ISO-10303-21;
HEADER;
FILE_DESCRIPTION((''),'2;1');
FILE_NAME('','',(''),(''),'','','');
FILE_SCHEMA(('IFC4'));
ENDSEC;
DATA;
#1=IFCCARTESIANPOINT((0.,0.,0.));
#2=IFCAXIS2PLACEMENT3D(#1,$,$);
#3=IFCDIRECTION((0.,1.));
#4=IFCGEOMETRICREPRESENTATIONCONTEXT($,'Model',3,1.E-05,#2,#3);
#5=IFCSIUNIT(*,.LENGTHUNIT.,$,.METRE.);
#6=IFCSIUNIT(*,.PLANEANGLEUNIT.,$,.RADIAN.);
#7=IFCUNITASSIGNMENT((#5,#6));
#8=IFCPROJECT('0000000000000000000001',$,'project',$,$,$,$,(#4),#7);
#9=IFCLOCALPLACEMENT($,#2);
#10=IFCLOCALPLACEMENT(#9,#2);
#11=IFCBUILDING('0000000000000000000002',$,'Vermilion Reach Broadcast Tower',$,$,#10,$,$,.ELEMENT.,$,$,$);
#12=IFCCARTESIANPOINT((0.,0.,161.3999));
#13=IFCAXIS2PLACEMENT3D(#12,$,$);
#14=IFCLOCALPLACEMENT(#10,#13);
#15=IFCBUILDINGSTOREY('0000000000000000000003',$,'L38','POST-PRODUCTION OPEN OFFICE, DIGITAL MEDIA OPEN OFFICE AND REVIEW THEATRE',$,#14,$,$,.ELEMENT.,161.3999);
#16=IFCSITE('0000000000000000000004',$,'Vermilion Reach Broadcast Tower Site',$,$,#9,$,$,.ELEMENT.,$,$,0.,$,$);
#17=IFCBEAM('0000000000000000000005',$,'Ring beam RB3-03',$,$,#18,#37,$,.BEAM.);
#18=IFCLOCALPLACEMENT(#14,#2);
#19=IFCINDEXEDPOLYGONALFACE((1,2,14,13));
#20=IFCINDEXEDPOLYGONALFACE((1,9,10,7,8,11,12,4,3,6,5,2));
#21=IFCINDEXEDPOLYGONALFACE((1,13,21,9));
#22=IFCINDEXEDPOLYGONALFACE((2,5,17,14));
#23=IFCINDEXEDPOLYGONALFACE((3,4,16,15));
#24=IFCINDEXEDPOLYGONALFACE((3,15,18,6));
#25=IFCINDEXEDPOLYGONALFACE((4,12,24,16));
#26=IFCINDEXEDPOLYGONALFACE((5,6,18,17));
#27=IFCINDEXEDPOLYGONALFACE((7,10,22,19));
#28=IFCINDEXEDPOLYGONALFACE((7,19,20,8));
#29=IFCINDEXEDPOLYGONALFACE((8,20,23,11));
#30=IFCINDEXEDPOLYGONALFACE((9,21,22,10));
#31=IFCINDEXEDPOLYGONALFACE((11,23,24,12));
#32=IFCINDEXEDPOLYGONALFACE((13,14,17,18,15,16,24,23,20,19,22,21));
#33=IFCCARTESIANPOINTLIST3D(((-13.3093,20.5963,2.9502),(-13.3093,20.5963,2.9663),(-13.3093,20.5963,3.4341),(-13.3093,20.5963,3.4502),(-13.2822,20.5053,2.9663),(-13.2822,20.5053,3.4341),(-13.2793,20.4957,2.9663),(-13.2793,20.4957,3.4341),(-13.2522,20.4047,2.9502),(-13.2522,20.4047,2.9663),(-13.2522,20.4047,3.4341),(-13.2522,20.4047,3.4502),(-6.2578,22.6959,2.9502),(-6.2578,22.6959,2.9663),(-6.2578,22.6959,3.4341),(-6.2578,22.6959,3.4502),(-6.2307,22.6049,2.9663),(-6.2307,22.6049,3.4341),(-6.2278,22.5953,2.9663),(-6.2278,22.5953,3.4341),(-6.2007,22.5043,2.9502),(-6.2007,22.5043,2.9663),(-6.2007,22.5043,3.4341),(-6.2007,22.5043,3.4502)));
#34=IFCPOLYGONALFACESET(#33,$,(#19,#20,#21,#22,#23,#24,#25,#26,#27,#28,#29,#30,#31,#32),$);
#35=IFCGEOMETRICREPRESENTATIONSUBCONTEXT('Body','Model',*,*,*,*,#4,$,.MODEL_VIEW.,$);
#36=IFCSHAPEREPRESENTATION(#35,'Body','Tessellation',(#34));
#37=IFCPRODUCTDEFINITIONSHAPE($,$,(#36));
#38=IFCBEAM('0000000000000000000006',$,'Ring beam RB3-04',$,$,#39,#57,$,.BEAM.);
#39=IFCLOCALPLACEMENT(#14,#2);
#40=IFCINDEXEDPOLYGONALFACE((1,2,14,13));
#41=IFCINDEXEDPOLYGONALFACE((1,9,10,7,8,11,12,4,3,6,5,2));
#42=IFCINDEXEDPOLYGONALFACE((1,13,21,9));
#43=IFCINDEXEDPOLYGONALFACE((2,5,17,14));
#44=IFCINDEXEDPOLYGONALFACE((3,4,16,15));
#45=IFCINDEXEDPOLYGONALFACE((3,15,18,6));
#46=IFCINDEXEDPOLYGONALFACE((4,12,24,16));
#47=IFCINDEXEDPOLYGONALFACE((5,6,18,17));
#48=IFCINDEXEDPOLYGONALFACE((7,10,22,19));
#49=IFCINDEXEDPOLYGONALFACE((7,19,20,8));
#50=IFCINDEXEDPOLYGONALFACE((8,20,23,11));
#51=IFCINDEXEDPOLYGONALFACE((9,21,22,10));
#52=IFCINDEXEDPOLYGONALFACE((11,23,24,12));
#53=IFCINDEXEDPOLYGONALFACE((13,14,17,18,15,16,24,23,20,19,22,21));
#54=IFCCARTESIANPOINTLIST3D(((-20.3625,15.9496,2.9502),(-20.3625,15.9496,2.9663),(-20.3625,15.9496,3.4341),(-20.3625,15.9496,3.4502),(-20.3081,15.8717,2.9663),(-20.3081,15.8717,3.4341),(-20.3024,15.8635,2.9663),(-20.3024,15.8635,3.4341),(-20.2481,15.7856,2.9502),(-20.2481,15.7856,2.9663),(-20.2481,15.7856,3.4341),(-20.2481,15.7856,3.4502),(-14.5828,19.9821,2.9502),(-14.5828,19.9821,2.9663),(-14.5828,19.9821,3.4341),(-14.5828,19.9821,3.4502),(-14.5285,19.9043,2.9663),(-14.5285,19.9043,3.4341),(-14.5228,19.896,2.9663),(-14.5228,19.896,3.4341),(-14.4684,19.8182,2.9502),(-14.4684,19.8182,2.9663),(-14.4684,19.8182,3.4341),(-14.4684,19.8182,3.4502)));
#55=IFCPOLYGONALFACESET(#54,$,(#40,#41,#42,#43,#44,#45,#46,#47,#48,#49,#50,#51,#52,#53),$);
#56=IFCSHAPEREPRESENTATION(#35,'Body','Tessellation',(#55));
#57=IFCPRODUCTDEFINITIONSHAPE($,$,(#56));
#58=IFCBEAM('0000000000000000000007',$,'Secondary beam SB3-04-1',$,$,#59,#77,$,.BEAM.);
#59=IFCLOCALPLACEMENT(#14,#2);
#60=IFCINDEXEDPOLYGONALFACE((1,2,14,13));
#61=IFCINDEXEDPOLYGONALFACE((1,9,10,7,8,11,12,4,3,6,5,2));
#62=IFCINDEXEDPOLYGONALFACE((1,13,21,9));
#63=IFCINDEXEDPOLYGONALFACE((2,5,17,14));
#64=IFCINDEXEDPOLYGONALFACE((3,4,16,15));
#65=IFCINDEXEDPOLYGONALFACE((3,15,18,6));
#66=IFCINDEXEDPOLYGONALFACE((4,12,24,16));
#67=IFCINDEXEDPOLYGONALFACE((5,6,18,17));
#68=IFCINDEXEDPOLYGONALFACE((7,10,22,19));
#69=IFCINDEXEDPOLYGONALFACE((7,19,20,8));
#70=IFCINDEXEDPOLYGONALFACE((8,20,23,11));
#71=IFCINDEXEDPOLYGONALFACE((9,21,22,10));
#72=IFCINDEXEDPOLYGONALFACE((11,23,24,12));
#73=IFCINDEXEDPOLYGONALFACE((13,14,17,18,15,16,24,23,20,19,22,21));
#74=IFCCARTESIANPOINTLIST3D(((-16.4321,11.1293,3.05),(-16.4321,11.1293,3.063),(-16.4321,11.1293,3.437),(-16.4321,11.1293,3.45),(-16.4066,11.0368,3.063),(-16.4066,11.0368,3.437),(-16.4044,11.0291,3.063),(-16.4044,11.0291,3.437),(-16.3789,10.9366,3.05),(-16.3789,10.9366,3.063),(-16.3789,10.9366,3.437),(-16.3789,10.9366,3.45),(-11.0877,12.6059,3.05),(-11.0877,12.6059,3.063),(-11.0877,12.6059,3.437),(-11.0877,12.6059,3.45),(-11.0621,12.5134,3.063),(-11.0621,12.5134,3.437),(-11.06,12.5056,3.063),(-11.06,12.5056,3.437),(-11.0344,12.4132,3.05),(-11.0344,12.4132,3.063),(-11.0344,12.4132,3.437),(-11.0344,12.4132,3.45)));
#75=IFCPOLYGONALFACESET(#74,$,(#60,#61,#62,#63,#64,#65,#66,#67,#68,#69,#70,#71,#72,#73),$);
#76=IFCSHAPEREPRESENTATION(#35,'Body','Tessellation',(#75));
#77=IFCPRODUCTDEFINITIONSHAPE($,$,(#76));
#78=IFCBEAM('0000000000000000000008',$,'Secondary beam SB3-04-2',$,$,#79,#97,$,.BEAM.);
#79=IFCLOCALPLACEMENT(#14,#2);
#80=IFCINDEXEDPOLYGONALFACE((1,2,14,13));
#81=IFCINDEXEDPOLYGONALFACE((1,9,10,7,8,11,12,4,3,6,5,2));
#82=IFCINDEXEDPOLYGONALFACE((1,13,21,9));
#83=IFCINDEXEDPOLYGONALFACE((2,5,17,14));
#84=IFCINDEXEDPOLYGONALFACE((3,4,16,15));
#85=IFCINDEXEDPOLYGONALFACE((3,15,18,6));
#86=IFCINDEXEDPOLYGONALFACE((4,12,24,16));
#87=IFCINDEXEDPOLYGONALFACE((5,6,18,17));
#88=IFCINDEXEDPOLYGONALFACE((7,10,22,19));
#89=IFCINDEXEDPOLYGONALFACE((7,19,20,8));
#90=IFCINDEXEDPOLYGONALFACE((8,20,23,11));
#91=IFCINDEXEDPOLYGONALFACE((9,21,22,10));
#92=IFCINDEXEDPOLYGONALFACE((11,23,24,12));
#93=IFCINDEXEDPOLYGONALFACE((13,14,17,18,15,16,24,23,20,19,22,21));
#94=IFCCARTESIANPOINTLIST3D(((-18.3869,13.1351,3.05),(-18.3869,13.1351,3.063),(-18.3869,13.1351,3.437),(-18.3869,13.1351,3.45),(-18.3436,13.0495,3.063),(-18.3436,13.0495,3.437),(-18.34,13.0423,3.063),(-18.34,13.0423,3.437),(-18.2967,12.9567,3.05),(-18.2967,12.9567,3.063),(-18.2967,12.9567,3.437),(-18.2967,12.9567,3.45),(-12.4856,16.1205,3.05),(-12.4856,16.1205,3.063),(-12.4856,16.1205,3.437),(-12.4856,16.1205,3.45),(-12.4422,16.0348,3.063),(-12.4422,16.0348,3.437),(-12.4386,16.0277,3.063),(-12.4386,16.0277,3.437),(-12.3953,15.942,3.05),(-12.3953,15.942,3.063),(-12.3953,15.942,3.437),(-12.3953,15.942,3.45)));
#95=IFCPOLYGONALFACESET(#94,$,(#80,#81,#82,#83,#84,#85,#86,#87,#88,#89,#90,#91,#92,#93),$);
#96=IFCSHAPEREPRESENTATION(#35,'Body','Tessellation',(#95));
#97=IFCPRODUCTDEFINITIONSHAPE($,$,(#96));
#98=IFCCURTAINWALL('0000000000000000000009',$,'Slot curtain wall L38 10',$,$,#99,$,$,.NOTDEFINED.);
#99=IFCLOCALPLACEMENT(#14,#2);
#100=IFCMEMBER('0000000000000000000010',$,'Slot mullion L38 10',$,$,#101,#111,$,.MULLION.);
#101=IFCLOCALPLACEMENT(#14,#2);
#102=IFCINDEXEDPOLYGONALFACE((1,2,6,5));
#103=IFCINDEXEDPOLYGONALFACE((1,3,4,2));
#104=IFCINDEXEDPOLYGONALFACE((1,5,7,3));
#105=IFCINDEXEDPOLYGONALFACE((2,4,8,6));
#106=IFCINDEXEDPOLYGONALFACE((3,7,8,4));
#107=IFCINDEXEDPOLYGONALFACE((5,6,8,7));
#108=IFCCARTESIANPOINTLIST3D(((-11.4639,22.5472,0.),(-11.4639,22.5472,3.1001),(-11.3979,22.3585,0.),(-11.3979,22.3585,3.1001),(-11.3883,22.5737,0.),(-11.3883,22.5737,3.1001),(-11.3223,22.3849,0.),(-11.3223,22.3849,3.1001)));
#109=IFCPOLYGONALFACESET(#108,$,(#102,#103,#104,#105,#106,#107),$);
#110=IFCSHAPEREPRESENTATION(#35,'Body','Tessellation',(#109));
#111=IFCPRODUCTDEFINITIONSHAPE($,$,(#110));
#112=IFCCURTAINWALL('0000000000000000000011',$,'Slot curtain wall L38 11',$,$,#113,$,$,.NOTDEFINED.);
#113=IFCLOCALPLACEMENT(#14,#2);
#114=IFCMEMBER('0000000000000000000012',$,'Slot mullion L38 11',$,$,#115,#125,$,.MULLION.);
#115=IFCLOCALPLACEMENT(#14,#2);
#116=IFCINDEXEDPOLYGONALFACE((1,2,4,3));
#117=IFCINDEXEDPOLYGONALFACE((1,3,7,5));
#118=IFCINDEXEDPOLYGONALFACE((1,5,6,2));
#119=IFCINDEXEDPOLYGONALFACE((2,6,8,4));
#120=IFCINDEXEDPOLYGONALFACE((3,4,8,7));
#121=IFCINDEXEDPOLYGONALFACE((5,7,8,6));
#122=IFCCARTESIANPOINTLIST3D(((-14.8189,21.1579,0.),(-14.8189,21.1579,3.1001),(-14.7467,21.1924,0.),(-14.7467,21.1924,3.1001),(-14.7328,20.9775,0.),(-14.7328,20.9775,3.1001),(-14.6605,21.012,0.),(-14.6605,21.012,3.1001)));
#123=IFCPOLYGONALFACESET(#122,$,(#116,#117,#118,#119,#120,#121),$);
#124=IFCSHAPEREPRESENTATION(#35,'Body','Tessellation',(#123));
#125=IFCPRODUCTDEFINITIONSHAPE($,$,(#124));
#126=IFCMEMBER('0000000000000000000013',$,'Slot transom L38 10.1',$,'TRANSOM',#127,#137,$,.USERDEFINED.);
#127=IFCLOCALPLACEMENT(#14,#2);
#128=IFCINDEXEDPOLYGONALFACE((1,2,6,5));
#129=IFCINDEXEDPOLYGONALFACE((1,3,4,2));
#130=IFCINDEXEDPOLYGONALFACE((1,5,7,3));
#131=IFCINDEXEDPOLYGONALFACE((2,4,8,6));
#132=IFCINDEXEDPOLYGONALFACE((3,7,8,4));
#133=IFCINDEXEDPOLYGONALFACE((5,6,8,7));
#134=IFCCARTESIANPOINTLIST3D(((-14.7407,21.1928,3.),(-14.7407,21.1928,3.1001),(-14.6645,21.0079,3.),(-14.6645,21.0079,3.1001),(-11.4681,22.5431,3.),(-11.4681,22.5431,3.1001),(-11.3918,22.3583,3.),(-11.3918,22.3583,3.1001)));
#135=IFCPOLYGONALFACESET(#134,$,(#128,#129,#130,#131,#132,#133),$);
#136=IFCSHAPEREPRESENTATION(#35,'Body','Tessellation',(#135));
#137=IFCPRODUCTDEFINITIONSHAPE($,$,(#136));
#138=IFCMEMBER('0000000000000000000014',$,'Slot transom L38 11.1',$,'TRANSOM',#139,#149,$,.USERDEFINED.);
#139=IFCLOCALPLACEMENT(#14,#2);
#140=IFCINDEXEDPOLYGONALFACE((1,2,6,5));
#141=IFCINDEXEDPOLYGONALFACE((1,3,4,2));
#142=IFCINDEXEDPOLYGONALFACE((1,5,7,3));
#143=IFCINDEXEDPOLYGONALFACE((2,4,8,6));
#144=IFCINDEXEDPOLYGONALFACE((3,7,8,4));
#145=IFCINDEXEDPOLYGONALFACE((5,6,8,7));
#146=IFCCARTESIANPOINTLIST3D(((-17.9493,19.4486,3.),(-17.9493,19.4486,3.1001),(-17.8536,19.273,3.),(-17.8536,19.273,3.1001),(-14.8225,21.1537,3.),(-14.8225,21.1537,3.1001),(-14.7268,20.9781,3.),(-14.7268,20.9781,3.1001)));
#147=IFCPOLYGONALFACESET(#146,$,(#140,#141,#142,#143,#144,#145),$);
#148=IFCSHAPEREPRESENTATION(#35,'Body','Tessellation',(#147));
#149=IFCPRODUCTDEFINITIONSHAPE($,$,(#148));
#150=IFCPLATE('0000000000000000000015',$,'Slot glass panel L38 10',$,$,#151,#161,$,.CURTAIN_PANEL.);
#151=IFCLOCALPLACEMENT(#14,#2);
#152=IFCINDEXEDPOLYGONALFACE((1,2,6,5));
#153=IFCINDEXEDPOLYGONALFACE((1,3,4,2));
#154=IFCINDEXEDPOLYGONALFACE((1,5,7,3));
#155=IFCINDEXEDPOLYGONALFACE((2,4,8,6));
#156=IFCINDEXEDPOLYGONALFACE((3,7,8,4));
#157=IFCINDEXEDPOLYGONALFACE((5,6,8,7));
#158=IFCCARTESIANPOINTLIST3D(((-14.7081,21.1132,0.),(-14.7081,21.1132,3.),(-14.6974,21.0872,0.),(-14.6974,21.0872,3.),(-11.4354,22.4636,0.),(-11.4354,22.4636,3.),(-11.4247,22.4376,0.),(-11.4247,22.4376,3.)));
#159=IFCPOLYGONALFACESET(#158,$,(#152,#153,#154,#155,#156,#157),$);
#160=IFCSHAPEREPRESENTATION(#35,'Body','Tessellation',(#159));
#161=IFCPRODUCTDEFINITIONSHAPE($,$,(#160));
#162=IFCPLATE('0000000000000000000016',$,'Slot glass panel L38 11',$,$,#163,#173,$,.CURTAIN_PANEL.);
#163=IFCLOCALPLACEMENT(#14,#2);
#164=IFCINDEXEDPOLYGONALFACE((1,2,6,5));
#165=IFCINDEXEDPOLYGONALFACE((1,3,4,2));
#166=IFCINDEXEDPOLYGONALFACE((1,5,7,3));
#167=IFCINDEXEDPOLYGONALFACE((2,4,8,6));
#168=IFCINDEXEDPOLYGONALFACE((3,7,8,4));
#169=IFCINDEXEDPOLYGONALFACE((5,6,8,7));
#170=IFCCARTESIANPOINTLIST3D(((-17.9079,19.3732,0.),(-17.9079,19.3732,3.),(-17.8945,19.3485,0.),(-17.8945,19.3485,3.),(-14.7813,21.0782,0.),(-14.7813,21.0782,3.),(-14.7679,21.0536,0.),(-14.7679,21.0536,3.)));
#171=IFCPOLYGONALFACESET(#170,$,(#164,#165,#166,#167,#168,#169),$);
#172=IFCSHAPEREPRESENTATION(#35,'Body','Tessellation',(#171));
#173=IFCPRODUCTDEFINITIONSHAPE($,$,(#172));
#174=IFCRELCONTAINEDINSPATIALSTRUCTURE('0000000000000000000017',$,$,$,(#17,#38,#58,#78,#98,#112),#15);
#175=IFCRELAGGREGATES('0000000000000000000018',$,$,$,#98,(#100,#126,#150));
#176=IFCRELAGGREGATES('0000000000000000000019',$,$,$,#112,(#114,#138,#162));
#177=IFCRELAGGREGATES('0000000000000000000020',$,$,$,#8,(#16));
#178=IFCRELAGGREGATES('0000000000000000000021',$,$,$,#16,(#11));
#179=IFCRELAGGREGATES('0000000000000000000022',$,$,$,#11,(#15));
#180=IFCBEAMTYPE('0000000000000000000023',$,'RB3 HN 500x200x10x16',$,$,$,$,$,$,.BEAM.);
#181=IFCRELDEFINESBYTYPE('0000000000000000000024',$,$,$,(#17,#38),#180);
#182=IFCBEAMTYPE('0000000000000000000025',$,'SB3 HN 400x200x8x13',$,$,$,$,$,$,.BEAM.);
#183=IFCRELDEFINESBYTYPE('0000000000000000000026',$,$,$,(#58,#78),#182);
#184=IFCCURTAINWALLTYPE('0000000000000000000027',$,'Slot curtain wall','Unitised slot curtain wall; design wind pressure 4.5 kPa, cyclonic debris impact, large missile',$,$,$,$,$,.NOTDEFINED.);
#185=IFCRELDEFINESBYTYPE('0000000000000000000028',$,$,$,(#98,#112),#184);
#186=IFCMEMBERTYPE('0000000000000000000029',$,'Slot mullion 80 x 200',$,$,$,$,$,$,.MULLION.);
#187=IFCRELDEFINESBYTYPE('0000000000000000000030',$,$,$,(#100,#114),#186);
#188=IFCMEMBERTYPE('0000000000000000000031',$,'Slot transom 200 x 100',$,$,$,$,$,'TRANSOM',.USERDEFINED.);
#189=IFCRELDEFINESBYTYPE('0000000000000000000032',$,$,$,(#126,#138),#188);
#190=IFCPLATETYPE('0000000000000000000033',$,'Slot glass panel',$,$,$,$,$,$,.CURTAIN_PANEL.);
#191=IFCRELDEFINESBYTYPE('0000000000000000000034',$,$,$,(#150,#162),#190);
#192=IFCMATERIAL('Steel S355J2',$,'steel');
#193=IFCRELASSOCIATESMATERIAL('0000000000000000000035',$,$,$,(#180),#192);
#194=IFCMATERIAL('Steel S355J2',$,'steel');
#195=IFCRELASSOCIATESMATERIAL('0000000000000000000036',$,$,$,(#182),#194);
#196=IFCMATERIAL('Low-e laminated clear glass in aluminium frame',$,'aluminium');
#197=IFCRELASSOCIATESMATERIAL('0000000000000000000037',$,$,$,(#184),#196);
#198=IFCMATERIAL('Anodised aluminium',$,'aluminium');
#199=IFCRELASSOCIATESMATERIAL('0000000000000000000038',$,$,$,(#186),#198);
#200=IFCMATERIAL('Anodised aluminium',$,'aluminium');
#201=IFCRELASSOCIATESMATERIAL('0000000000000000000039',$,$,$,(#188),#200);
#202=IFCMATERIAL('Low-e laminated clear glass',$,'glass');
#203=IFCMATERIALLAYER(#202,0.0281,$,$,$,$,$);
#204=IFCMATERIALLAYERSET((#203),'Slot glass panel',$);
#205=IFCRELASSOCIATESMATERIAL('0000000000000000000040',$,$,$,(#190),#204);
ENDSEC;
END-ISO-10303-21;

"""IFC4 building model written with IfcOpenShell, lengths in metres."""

from ifc_helpers import new_model, si_unit, direction, frame, origin, origin_2d, place, context, subcontext, project, spatial, rectangle, i_section, extrude, material, layer, layer_set, material_profile, profile_set, type_object, element, aggregate, save


model = new_model("IFC4")

# Units and contexts
model_context = context("Model", 3, precision=1e-05, world=origin(), true_north=direction((0.0, 1.0)))
body_context = subcontext(model_context, "Body", "Model", "MODEL_VIEW")
ifc_project = project(units=[si_unit("LENGTHUNIT", "METRE"), si_unit("PLANEANGLEUNIT", "RADIAN")], contexts=[model_context])

# Site, building, storey
site_placement = place(None, origin())
site = spatial("IfcSite", under=ifc_project, at=site_placement, Name="Vermilion Reach Broadcast Tower Site", CompositionType="ELEMENT", RefElevation=0.0)
building_placement = place(site_placement, origin())
building = spatial("IfcBuilding", under=site, at=building_placement, Name="Vermilion Reach Broadcast Tower", CompositionType="ELEMENT")
storey_placement = place(building_placement, frame((0.0, 0.0, 161.3999)))
storey = spatial("IfcBuildingStorey", under=building, at=storey_placement, Name="L38", Description="POST-PRODUCTION OPEN OFFICE, DIGITAL MEDIA OPEN OFFICE AND REVIEW THEATRE", CompositionType="ELEMENT", Elevation=161.3999)

# Beams
ifc_material_1 = material(Name="Steel S355J2", Category="steel")
ifc_material_profile_1 = material_profile(ifc_material_1, i_section(OverallWidth=0.2, OverallDepth=0.5, WebThickness=0.01, FlangeThickness=0.0161, at=origin_2d()), Name="S355J2 HN 500x200x10x16")
ifc_profile_set_1 = profile_set([ifc_material_profile_1], Name="Steel S355J2")
beam_type_1 = type_object("IfcBeamType", Name="RB3 HN 500x200x10x16", PredefinedType="BEAM", material=ifc_profile_set_1)
beam_1_placement = place(storey_placement, frame((-6.2292, 22.6001, 3.2002), z_axis=(-0.958417, -0.285372, 0.0), x_axis=(0.285372, -0.958417, 0.0)))
element("IfcBeam", 1, at=beam_1_placement, inside=storey, type_object=beam_type_1, Name="Ring beam RB3-03", PredefinedType="BEAM", context=body_context, shape_type="SweptSolid", body=[
    extrude(i_section(OverallWidth=0.2, OverallDepth=0.5, WebThickness=0.01, FlangeThickness=0.0161, at=origin_2d()), origin(), (0.0, 0.0, 1.0), 7.3574),
])
beam_2_placement = place(storey_placement, frame((-14.5256, 19.9001, 3.2002), z_axis=(-0.820111, -0.572204, 0.0), x_axis=(0.572204, -0.820111, 0.0)))
element("IfcBeam", 2, at=beam_2_placement, inside=storey, type_object=beam_type_1, Name="Ring beam RB3-04", PredefinedType="BEAM", context=body_context, shape_type="SweptSolid", body=[
    extrude(i_section(OverallWidth=0.2, OverallDepth=0.5, WebThickness=0.01, FlangeThickness=0.0161, at=origin_2d()), origin(), (0.0, 0.0, 1.0), 7.0474),
])
ifc_material_2 = material(Name="Steel S355J2", Category="steel")
ifc_material_profile_2 = material_profile(ifc_material_2, i_section(OverallWidth=0.2, OverallDepth=0.3999, WebThickness=0.0081, FlangeThickness=0.0129, at=origin_2d()), Name="S355J2 HN 400x200x8x13")
ifc_profile_set_2 = profile_set([ifc_material_profile_2], Name="Steel S355J2")
beam_type_2 = type_object("IfcBeamType", Name="SB3 HN 400x200x8x13", PredefinedType="BEAM", material=ifc_profile_set_2)
beam_3_placement = place(storey_placement, frame((-11.061, 12.5095, 3.25), z_axis=(-0.96389, -0.266301, 0.0), x_axis=(0.266301, -0.96389, 0.0)))
element("IfcBeam", 3, at=beam_3_placement, inside=storey, type_object=beam_type_2, Name="Secondary beam SB3-04-1", PredefinedType="BEAM", context=body_context, shape_type="SweptSolid", body=[
    extrude(i_section(OverallWidth=0.2, OverallDepth=0.3999, WebThickness=0.0081, FlangeThickness=0.0129, at=origin_2d()), origin(), (0.0, 0.0, 1.0), 5.5447),
])
beam_4_placement = place(storey_placement, frame((-12.4404, 16.0312, 3.25), z_axis=(-0.892321, -0.451402, 0.0), x_axis=(0.451402, -0.892321, 0.0)))
element("IfcBeam", 4, at=beam_4_placement, inside=storey, type_object=beam_type_2, Name="Secondary beam SB3-04-2", PredefinedType="BEAM", context=body_context, shape_type="SweptSolid", body=[
    extrude(i_section(OverallWidth=0.2, OverallDepth=0.3999, WebThickness=0.0081, FlangeThickness=0.0129, at=origin_2d()), origin(), (0.0, 0.0, 1.0), 6.6135),
])

# Curtain walls, members
ifc_material_3 = material(Name="Low-e laminated clear glass in aluminium frame", Category="aluminium")
curtain_wall_type = type_object("IfcCurtainWallType", Name="Slot curtain wall", Description="Unitised slot curtain wall; design wind pressure 4.5 kPa, cyclonic debris impact, large missile", PredefinedType="NOTDEFINED", material=ifc_material_3)
placement = place(storey_placement, origin())
curtain_wall_1 = element("IfcCurtainWall", 5, at=placement, inside=storey, type_object=curtain_wall_type, Name="Slot curtain wall L38 10", PredefinedType="NOTDEFINED")
ifc_material_4 = material(Name="Anodised aluminium", Category="aluminium")
ifc_material_profile_3 = material_profile(ifc_material_4, rectangle(XDim=0.2, YDim=0.0801, at=origin_2d()), Name="Slot mullion 80 x 200")
ifc_profile_set_3 = profile_set([ifc_material_profile_3], Name="Anodised aluminium")
member_type_1 = type_object("IfcMemberType", Name="Slot mullion 80 x 200", PredefinedType="MULLION", material=ifc_profile_set_3)
member_1_placement = place(storey_placement, frame((-11.3931, 22.4661, 0.0), z_axis=(0.0, 0.0, 1.0), x_axis=(0.330168, -0.943922, 0.0)))
member_1 = element("IfcMember", 6, at=member_1_placement, type_object=member_type_1, Name="Slot mullion L38 10", PredefinedType="MULLION", context=body_context, shape_type="SweptSolid", body=[
    extrude(rectangle(XDim=0.2, YDim=0.0801, at=origin_2d()), origin(), (0.0, 0.0, 1.0), 3.1001),
])
curtain_wall_2 = element("IfcCurtainWall", 7, at=placement, inside=storey, type_object=curtain_wall_type, Name="Slot curtain wall L38 11", PredefinedType="NOTDEFINED")
member_2_placement = place(storey_placement, frame((-14.7397, 21.085, 0.0), z_axis=(0.0, 0.0, 1.0), x_axis=(0.430733, -0.90248, 0.0)))
member_2 = element("IfcMember", 8, at=member_2_placement, type_object=member_type_1, Name="Slot mullion L38 11", PredefinedType="MULLION", context=body_context, shape_type="SweptSolid", body=[
    extrude(rectangle(XDim=0.2, YDim=0.0801, at=origin_2d()), origin(), (0.0, 0.0, 1.0), 3.1001),
])

# Members
ifc_material_5 = material(Name="Anodised aluminium", Category="aluminium")
ifc_material_profile_4 = material_profile(ifc_material_5, rectangle(XDim=0.2, YDim=0.1001, at=origin_2d()), Name="Slot transom 200 x 100")
ifc_profile_set_4 = profile_set([ifc_material_profile_4], Name="Anodised aluminium")
member_type_2 = type_object("IfcMemberType", Name="Slot transom 200 x 100", ElementType="TRANSOM", PredefinedType="USERDEFINED", material=ifc_profile_set_4)
member_3_placement = place(storey_placement, frame((-11.4299, 22.4507, 3.05), z_axis=(-0.924404, -0.381416, 0.0), x_axis=(0.381416, -0.924404, 0.0)))
member_3 = element("IfcMember", 9, at=member_3_placement, type_object=member_type_2, Name="Slot transom L38 10.1", ObjectType="TRANSOM", PredefinedType="USERDEFINED", context=body_context, shape_type="SweptSolid", body=[
    extrude(rectangle(XDim=0.2, YDim=0.1001, at=origin_2d()), origin(), (0.0, 0.0, 1.0), 3.5403),
])
member_4_placement = place(storey_placement, frame((-14.7747, 21.0659, 3.05), z_axis=(-0.877943, -0.478766, 0.0), x_axis=(0.478766, -0.877943, 0.0)))
member_4 = element("IfcMember", 10, at=member_4_placement, type_object=member_type_2, Name="Slot transom L38 11.1", ObjectType="TRANSOM", PredefinedType="USERDEFINED", context=body_context, shape_type="SweptSolid", body=[
    extrude(rectangle(XDim=0.2, YDim=0.1001, at=origin_2d()), origin(), (0.0, 0.0, 1.0), 3.5615),
])

# Plates
ifc_material_6 = material(Name="Low-e laminated clear glass", Category="glass")
ifc_layer_1 = layer(ifc_material_6, 0.0281)
ifc_layer_set_1 = layer_set([ifc_layer_1], Name="Slot glass panel")
plate_type = type_object("IfcPlateType", Name="Slot glass panel", PredefinedType="CURTAIN_PANEL", material=ifc_layer_set_1)
plate_1_placement = place(storey_placement, frame((-13.0664, 21.7754, 0.0), z_axis=(0.0, 0.0, 1.0), x_axis=(-0.924397, -0.381433, 0.0)))
plate_1 = element("IfcPlate", 11, at=plate_1_placement, type_object=plate_type, Name="Slot glass panel L38 10", PredefinedType="CURTAIN_PANEL", context=body_context, shape_type="SweptSolid", body=[
    extrude(rectangle(XDim=3.5403, YDim=0.0281, at=origin_2d()), origin(), (0.0, 0.0, 1.0), 3.0),
])
aggregate(curtain_wall_1, [member_1, member_3, plate_1])
plate_2_placement = place(storey_placement, frame((-16.3379, 20.2134, 0.0), z_axis=(0.0, 0.0, 1.0), x_axis=(-0.877936, -0.478779, 0.0)))
plate_2 = element("IfcPlate", 12, at=plate_2_placement, type_object=plate_type, Name="Slot glass panel L38 11", PredefinedType="CURTAIN_PANEL", context=body_context, shape_type="SweptSolid", body=[
    extrude(rectangle(XDim=3.5613, YDim=0.0281, at=origin_2d()), origin(), (0.0, 0.0, 1.0), 3.0),
])
aggregate(curtain_wall_2, [member_2, member_4, plate_2])

save(model, "model.ifc")
